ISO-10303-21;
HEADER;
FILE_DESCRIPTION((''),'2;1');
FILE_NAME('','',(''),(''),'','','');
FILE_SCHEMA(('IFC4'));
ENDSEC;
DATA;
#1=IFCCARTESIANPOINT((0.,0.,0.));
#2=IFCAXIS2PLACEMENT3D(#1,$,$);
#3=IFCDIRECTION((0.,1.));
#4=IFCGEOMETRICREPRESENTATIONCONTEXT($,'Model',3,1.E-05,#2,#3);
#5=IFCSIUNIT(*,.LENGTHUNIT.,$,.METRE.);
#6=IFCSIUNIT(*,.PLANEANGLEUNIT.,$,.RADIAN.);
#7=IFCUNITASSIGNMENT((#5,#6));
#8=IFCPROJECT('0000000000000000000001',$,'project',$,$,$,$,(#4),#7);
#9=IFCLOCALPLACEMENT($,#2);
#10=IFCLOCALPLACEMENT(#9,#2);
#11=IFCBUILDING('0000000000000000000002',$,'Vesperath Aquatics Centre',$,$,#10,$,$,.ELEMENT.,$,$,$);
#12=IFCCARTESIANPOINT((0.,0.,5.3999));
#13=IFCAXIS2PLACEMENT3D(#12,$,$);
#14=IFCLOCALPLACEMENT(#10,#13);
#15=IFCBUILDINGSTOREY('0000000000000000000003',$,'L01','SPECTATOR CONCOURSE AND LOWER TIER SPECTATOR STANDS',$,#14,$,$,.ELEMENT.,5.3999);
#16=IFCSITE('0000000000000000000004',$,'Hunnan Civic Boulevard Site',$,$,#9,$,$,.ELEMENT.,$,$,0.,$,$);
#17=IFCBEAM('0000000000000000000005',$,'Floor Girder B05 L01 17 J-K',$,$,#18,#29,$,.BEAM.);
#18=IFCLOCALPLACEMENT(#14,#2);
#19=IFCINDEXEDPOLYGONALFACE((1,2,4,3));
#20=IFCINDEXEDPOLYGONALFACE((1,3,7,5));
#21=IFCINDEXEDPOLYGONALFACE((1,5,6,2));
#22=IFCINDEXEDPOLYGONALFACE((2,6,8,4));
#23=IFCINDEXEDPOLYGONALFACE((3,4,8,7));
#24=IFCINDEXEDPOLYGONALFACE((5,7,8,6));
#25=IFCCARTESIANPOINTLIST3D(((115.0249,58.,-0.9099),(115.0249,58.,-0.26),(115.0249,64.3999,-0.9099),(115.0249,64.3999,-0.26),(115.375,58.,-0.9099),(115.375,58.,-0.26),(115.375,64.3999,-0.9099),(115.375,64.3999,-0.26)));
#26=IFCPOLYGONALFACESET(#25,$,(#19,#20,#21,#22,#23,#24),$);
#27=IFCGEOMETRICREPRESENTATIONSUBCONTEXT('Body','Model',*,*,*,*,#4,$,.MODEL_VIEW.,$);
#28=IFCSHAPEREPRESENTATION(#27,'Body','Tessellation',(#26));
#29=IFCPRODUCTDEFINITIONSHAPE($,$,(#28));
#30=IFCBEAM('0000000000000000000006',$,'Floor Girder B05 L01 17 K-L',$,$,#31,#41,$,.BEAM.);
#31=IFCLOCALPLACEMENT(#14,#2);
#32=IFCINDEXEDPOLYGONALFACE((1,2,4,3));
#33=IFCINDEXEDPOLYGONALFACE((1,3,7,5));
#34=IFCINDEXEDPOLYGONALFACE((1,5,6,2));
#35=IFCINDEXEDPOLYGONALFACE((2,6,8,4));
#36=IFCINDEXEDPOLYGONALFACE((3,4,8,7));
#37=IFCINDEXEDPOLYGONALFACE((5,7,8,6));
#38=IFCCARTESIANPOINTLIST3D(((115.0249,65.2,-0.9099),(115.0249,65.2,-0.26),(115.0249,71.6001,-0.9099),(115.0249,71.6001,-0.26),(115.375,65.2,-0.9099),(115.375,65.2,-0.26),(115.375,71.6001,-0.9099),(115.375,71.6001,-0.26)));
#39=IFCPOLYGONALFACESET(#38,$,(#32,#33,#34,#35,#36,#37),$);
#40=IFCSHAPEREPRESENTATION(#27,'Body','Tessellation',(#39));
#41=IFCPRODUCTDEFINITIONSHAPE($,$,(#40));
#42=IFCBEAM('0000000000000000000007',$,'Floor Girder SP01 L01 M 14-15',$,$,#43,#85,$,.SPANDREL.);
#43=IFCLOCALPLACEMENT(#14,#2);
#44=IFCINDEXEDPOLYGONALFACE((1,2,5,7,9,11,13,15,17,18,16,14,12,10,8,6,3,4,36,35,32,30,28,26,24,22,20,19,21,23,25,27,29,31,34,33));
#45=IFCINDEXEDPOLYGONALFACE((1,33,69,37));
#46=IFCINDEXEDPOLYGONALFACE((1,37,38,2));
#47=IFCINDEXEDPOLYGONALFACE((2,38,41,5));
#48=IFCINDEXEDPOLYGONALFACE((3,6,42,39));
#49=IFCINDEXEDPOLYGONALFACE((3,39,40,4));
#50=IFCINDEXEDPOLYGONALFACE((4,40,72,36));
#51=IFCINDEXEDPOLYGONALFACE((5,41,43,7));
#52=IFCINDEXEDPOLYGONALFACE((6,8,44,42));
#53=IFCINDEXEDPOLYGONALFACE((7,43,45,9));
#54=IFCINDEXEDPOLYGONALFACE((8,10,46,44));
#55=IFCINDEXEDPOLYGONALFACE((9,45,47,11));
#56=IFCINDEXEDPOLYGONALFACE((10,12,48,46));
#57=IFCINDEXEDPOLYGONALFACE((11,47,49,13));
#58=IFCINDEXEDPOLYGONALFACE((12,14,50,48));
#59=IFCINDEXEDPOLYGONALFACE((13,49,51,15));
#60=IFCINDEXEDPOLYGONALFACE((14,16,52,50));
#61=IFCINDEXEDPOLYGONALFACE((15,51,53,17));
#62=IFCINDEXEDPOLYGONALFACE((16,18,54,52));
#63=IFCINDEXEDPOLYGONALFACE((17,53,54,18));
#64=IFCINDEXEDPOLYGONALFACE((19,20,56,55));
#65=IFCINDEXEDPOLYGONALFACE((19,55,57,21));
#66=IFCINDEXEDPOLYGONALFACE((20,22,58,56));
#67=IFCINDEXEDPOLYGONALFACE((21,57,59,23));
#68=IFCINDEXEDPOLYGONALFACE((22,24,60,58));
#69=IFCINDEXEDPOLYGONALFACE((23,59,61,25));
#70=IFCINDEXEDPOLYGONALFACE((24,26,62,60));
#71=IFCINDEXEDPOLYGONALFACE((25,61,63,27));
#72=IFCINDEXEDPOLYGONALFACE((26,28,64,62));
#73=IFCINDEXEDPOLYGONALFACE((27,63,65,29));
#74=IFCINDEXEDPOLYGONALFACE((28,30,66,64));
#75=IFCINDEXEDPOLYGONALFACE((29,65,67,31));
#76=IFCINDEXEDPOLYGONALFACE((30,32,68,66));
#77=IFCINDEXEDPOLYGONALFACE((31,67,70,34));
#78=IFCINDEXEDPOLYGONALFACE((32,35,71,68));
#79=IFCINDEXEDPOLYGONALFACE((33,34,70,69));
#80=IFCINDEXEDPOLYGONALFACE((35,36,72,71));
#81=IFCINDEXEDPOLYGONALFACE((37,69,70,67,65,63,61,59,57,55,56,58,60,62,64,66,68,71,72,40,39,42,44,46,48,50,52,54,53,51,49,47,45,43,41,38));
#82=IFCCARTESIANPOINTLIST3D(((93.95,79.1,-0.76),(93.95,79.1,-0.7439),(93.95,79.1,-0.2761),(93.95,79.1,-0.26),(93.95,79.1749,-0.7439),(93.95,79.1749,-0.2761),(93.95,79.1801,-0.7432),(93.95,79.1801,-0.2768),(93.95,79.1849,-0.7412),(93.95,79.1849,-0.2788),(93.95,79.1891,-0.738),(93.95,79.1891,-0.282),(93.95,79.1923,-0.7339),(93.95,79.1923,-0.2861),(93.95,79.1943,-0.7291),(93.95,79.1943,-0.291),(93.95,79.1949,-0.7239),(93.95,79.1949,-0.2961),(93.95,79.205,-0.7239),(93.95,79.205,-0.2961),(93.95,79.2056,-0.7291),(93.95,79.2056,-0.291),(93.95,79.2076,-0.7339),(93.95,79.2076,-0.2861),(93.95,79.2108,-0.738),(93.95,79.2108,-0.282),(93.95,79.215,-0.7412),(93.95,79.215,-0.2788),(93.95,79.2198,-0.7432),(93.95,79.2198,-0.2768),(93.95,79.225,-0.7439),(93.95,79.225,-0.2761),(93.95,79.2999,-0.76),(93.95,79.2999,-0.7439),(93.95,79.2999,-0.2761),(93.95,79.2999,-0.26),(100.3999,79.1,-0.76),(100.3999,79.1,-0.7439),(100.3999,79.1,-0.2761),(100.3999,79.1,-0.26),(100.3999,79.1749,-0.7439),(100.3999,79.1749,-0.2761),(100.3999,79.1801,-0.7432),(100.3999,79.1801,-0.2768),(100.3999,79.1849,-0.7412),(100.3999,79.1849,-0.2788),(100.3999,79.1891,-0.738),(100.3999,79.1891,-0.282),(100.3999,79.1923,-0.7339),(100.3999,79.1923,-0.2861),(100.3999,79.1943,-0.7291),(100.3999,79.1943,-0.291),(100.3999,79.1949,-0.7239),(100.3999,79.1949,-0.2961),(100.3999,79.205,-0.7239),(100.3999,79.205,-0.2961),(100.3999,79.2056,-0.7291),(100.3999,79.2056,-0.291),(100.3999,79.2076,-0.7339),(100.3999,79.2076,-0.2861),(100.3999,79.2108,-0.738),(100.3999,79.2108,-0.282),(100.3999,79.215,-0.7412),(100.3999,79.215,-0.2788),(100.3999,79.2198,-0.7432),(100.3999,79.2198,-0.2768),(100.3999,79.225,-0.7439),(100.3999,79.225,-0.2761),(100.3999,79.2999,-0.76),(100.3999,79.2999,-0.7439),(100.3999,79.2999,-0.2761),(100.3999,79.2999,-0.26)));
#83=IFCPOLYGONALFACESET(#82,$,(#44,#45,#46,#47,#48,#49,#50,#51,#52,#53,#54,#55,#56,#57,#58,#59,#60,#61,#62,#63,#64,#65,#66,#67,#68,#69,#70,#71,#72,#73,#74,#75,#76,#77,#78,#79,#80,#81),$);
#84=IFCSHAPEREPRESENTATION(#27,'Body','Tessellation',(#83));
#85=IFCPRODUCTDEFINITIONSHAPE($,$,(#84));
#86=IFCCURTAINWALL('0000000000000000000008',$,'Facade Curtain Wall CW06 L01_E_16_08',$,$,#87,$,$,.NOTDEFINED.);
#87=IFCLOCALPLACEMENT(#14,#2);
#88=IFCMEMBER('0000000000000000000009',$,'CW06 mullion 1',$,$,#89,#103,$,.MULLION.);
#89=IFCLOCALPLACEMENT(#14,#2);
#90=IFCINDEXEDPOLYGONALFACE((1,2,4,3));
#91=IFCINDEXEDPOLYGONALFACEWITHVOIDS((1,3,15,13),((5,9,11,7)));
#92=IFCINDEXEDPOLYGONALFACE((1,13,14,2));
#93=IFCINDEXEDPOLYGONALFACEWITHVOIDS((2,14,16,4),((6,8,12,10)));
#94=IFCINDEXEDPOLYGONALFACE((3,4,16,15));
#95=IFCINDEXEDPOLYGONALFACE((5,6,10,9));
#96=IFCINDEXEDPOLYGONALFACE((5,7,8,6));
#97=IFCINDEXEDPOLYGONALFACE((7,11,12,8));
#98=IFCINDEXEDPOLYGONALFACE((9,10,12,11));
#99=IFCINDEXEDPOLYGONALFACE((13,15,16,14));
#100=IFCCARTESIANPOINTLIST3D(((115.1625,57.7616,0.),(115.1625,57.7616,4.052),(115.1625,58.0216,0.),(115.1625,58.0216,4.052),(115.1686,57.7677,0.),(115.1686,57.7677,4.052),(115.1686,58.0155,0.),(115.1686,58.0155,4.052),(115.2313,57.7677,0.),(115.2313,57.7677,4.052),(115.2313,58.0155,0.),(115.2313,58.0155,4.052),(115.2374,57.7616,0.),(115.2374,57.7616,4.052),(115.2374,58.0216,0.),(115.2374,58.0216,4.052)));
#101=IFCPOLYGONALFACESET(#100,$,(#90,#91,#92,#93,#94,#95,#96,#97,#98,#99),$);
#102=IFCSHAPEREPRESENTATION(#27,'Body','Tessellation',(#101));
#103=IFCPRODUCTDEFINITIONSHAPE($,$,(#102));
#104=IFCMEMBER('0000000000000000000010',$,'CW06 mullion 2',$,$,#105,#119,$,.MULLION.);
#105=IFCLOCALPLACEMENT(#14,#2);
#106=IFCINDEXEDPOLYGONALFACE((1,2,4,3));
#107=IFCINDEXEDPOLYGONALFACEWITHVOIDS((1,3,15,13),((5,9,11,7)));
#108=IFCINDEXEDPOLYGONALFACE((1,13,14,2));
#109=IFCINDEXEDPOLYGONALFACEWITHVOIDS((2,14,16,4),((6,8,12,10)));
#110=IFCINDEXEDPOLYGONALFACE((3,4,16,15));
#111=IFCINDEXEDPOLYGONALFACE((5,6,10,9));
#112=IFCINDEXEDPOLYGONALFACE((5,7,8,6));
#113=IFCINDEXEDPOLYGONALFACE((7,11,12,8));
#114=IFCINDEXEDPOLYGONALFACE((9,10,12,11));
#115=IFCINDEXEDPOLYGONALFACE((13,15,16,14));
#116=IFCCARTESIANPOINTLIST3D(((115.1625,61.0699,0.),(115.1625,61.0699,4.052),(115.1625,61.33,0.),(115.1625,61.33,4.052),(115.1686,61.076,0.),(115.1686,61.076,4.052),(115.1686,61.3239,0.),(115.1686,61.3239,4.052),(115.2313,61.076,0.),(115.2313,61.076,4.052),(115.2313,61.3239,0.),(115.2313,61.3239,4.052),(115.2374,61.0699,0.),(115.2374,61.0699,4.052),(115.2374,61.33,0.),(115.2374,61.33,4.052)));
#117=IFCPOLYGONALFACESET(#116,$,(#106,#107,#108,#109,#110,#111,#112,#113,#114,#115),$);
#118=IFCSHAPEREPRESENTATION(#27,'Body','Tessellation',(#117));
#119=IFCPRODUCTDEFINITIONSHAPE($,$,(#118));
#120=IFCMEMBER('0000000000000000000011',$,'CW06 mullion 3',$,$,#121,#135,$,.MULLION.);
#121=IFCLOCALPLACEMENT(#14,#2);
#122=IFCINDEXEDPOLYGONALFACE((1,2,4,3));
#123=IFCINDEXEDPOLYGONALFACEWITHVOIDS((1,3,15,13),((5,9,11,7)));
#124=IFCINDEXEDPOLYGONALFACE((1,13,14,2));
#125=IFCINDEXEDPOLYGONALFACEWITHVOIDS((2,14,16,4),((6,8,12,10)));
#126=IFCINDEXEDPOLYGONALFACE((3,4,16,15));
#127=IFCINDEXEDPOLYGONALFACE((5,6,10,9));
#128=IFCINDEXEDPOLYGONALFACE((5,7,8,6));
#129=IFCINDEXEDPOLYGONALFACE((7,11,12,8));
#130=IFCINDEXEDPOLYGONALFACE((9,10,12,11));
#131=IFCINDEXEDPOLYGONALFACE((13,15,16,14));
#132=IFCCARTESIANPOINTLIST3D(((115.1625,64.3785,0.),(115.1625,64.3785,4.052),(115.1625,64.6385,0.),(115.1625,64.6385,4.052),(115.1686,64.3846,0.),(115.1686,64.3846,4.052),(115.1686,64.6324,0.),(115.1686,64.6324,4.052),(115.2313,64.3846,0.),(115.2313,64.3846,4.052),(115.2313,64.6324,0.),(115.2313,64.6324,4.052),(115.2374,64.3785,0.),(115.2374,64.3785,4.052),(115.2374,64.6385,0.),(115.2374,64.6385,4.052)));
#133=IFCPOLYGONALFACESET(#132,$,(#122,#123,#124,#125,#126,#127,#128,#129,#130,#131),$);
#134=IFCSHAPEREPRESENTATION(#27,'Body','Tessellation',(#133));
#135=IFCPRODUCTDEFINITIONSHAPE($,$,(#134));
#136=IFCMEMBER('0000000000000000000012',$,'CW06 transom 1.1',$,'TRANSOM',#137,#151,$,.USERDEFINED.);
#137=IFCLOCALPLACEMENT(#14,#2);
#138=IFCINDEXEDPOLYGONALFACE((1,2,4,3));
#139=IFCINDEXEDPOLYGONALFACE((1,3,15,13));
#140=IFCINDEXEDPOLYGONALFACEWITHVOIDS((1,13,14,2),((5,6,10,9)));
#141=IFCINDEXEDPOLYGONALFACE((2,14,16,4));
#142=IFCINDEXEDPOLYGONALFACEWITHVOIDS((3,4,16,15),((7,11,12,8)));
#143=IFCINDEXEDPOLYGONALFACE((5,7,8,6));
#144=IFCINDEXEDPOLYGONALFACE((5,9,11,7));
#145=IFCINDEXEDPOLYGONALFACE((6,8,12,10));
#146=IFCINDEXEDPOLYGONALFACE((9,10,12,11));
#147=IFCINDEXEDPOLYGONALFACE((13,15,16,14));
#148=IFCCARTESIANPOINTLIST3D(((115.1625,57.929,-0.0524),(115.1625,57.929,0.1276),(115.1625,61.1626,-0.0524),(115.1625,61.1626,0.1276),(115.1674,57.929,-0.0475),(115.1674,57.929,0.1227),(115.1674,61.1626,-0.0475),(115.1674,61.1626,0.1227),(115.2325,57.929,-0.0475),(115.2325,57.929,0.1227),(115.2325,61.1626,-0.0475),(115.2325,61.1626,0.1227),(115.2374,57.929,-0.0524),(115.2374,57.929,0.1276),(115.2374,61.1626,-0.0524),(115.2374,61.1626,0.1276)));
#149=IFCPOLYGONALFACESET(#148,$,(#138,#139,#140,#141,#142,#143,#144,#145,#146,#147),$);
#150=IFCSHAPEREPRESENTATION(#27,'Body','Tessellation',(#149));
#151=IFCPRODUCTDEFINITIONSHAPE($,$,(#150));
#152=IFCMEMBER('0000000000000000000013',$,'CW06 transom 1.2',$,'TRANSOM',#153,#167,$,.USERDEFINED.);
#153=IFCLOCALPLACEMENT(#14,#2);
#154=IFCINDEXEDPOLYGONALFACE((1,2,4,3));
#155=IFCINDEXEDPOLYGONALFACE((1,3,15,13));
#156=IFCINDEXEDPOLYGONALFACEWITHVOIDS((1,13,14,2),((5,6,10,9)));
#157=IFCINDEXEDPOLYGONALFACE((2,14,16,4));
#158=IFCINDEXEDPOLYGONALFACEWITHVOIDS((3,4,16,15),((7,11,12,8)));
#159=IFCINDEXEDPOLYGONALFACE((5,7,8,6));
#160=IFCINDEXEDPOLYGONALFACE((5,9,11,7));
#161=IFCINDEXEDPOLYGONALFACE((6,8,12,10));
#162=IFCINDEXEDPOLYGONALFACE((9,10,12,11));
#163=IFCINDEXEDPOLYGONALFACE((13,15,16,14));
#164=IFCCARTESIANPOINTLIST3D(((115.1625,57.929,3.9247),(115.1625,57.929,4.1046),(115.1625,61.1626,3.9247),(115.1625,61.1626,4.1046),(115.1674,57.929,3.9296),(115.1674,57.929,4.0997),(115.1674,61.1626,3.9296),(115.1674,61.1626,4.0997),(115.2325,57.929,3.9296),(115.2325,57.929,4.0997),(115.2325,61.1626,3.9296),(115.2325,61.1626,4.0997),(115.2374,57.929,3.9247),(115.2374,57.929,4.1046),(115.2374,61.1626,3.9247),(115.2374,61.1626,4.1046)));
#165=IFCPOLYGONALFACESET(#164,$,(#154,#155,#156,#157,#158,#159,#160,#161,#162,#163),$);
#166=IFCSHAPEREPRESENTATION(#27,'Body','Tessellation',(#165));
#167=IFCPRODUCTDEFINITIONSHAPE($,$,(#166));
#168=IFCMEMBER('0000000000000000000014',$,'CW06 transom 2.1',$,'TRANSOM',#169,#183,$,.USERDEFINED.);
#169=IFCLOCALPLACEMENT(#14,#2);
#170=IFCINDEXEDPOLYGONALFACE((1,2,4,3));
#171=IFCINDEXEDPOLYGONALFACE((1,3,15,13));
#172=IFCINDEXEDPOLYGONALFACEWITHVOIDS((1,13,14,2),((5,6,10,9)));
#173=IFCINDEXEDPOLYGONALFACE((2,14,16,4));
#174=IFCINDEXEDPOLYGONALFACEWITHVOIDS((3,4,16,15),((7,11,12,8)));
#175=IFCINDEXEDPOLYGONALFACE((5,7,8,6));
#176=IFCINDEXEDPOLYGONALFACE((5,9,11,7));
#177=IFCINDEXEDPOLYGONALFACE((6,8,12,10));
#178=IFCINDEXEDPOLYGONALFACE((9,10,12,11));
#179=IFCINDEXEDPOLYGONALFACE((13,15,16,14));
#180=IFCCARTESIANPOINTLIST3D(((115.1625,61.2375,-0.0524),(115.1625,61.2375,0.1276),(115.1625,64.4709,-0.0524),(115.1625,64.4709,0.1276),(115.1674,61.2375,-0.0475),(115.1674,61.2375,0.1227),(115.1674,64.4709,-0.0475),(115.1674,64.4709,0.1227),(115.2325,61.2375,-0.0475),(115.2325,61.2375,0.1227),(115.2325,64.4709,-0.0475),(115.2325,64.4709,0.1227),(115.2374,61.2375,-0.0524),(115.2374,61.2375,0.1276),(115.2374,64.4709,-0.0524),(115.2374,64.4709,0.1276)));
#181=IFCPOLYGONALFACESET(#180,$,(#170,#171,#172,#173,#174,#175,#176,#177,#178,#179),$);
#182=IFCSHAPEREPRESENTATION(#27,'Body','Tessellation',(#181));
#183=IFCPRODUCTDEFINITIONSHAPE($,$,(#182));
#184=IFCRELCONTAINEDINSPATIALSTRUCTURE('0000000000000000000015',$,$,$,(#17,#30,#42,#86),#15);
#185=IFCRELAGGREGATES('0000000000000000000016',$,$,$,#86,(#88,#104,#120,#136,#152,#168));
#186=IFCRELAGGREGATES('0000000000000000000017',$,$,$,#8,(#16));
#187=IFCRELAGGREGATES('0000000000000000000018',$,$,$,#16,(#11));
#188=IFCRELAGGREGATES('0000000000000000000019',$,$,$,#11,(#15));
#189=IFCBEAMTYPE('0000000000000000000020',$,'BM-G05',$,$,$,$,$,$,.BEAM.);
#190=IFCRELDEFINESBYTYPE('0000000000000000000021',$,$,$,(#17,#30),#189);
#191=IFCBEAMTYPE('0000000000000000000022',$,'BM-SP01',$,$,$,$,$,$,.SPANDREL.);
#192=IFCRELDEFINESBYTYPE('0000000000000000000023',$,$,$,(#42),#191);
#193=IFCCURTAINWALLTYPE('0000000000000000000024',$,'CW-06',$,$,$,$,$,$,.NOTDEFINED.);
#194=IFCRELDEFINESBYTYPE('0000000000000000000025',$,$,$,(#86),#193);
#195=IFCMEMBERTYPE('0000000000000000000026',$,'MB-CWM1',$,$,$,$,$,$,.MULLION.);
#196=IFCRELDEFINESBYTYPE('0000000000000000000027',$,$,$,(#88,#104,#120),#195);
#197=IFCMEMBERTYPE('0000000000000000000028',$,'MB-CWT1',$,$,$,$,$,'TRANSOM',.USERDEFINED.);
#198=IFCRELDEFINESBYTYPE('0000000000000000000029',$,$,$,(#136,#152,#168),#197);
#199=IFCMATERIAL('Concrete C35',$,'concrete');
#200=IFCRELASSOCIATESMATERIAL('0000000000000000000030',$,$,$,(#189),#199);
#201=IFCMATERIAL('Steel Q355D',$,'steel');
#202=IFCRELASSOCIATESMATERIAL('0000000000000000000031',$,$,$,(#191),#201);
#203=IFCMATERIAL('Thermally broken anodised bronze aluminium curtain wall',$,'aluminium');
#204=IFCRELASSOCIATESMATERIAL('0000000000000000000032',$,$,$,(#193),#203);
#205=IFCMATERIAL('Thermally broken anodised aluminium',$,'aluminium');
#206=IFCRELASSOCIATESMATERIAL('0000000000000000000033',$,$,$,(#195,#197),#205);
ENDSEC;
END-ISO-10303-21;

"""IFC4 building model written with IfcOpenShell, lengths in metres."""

from ifc_helpers import new_model, si_unit, direction, frame, origin, origin_2d, place, context, subcontext, project, spatial, rectangle, hollow_rectangle, i_section, extrude, material, material_profile, profile_set, type_object, element, aggregate, save


model = new_model("IFC4")

# Units and contexts
model_context = context("Model", 3, precision=1e-05, world=origin(), true_north=direction((0.0, 1.0)))
body_context = subcontext(model_context, "Body", "Model", "MODEL_VIEW")
ifc_project = project(units=[si_unit("LENGTHUNIT", "METRE"), si_unit("PLANEANGLEUNIT", "RADIAN")], contexts=[model_context])

# Site, building, storey
site_placement = place(None, origin())
site = spatial("IfcSite", under=ifc_project, at=site_placement, Name="Hunnan Civic Boulevard Site", CompositionType="ELEMENT", RefElevation=0.0)
building_placement = place(site_placement, origin())
building = spatial("IfcBuilding", under=site, at=building_placement, Name="Vesperath Aquatics Centre", CompositionType="ELEMENT")
storey_placement = place(building_placement, frame((0.0, 0.0, 5.3999)))
storey = spatial("IfcBuildingStorey", under=building, at=storey_placement, Name="L01", Description="SPECTATOR CONCOURSE AND LOWER TIER SPECTATOR STANDS", CompositionType="ELEMENT", Elevation=5.3999)

# Shared definitions
ifc_material_1 = material(Name="Steel Q355D", Category="steel")

# Beams
ifc_material_2 = material(Name="Concrete C35", Category="concrete")
ifc_material_profile_1 = material_profile(ifc_material_2, rectangle(XDim=0.3501, YDim=0.6499, at=origin_2d()), Name="RC 350x650")
ifc_profile_set_1 = profile_set([ifc_material_profile_1], Name="Concrete C35")
beam_type_1 = type_object("IfcBeamType", Name="BM-G05", PredefinedType="BEAM", material=ifc_profile_set_1)
beam_1_placement = place(storey_placement, frame((115.2, 58.0, -0.585), z_axis=(0.0, 1.0, 0.0), x_axis=(-1.0, 0.0, 0.0)))
element("IfcBeam", 1, at=beam_1_placement, inside=storey, type_object=beam_type_1, Name="Floor Girder B05 L01 17 J-K", PredefinedType="BEAM", context=body_context, shape_type="SweptSolid", body=[
    extrude(rectangle(XDim=0.3501, YDim=0.6499, at=origin_2d()), origin(), (0.0, 0.0, 1.0), 6.3999),
])
beam_2_placement = place(storey_placement, frame((115.2, 65.2, -0.585), z_axis=(0.0, 1.0, 0.0), x_axis=(-1.0, 0.0, 0.0)))
element("IfcBeam", 2, at=beam_2_placement, inside=storey, type_object=beam_type_1, Name="Floor Girder B05 L01 17 K-L", PredefinedType="BEAM", context=body_context, shape_type="SweptSolid", body=[
    extrude(rectangle(XDim=0.3501, YDim=0.6499, at=origin_2d()), origin(), (0.0, 0.0, 1.0), 6.4001),
])
ifc_material_profile_2 = material_profile(ifc_material_1, i_section(OverallWidth=0.2, OverallDepth=0.5, WebThickness=0.01, FlangeThickness=0.0161, FilletRadius=0.02, at=origin_2d()), Name="HN 500x200x10x16")
ifc_profile_set_2 = profile_set([ifc_material_profile_2], Name="Steel Q355D")
beam_type_2 = type_object("IfcBeamType", Name="BM-SP01", PredefinedType="SPANDREL", material=ifc_profile_set_2)
beam_3_placement = place(storey_placement, frame((93.95, 79.2, -0.51), z_axis=(1.0, 0.0, 0.0), x_axis=(0.0, 1.0, 0.0)))
element("IfcBeam", 3, at=beam_3_placement, inside=storey, type_object=beam_type_2, Name="Floor Girder SP01 L01 M 14-15", PredefinedType="SPANDREL", context=body_context, shape_type="SweptSolid", body=[
    extrude(i_section(OverallWidth=0.2, OverallDepth=0.5, WebThickness=0.01, FlangeThickness=0.0161, FilletRadius=0.02, at=origin_2d()), origin(), (0.0, 0.0, 1.0), 6.45),
])

# Curtain wall, members
ifc_material_3 = material(Name="Thermally broken anodised bronze aluminium curtain wall", Category="aluminium")
curtain_wall_type = type_object("IfcCurtainWallType", Name="CW-06", PredefinedType="NOTDEFINED", material=ifc_material_3)
curtain_wall_placement = place(storey_placement, origin())
curtain_wall = element("IfcCurtainWall", 4, at=curtain_wall_placement, inside=storey, type_object=curtain_wall_type, Name="Facade Curtain Wall CW06 L01_E_16_08", PredefinedType="NOTDEFINED")
ifc_material_4 = material(Name="Thermally broken anodised aluminium", Category="aluminium")
ifc_material_profile_3 = material_profile(ifc_material_4, hollow_rectangle(XDim=0.075, YDim=0.26, WallThickness=0.0061, at=origin_2d()), Name="CWM 75x260x6")
ifc_profile_set_3 = profile_set([ifc_material_profile_3], Name="Thermally broken anodised aluminium")
member_type_1 = type_object("IfcMemberType", Name="MB-CWM1", PredefinedType="MULLION", material=ifc_profile_set_3)
member_1_placement = place(storey_placement, frame((115.2, 57.8916, 0.0), z_axis=(0.0, 0.0, 1.0), x_axis=(-1.0, 0.0, 0.0)))
member_1 = element("IfcMember", 5, at=member_1_placement, type_object=member_type_1, Name="CW06 mullion 1", PredefinedType="MULLION", context=body_context, shape_type="SweptSolid", body=[
    extrude(hollow_rectangle(XDim=0.075, YDim=0.26, WallThickness=0.0061, at=origin_2d()), origin(), (0.0, 0.0, 1.0), 4.052),
])
member_2_placement = place(storey_placement, frame((115.2, 61.2, 0.0), z_axis=(0.0, 0.0, 1.0), x_axis=(-1.0, 0.0, 0.0)))
member_2 = element("IfcMember", 6, at=member_2_placement, type_object=member_type_1, Name="CW06 mullion 2", PredefinedType="MULLION", context=body_context, shape_type="SweptSolid", body=[
    extrude(hollow_rectangle(XDim=0.075, YDim=0.26, WallThickness=0.0061, at=origin_2d()), origin(), (0.0, 0.0, 1.0), 4.052),
])
member_3_placement = place(storey_placement, frame((115.2, 64.5085, 0.0), z_axis=(0.0, 0.0, 1.0), x_axis=(-1.0, 0.0, 0.0)))
member_3 = element("IfcMember", 7, at=member_3_placement, type_object=member_type_1, Name="CW06 mullion 3", PredefinedType="MULLION", context=body_context, shape_type="SweptSolid", body=[
    extrude(hollow_rectangle(XDim=0.075, YDim=0.26, WallThickness=0.0061, at=origin_2d()), origin(), (0.0, 0.0, 1.0), 4.052),
])
ifc_material_profile_4 = material_profile(ifc_material_4, hollow_rectangle(XDim=0.075, YDim=0.1799, WallThickness=0.0049, at=origin_2d()), Name="CWT 75x180x5")
ifc_profile_set_4 = profile_set([ifc_material_profile_4], Name="Thermally broken anodised aluminium")
member_type_2 = type_object("IfcMemberType", Name="MB-CWT1", ElementType="TRANSOM", PredefinedType="USERDEFINED", material=ifc_profile_set_4)
member_4_placement = place(storey_placement, frame((115.2, 57.929, 0.0376), z_axis=(0.0, 1.0, 0.0), x_axis=(-1.0, 0.0, 0.0)))
member_4 = element("IfcMember", 8, at=member_4_placement, type_object=member_type_2, Name="CW06 transom 1.1", ObjectType="TRANSOM", PredefinedType="USERDEFINED", context=body_context, shape_type="SweptSolid", body=[
    extrude(hollow_rectangle(XDim=0.075, YDim=0.1799, WallThickness=0.0049, at=origin_2d()), origin(), (0.0, 0.0, 1.0), 3.2336),
])
member_5_placement = place(storey_placement, frame((115.2, 57.929, 4.0146), z_axis=(0.0, 1.0, 0.0), x_axis=(-1.0, 0.0, 0.0)))
member_5 = element("IfcMember", 9, at=member_5_placement, type_object=member_type_2, Name="CW06 transom 1.2", ObjectType="TRANSOM", PredefinedType="USERDEFINED", context=body_context, shape_type="SweptSolid", body=[
    extrude(hollow_rectangle(XDim=0.075, YDim=0.1799, WallThickness=0.0049, at=origin_2d()), origin(), (0.0, 0.0, 1.0), 3.2336),
])
member_6_placement = place(storey_placement, frame((115.2, 61.2375, 0.0376), z_axis=(0.0, 1.0, 0.0), x_axis=(-1.0, 0.0, 0.0)))
member_6 = element("IfcMember", 10, at=member_6_placement, type_object=member_type_2, Name="CW06 transom 2.1", ObjectType="TRANSOM", PredefinedType="USERDEFINED", context=body_context, shape_type="SweptSolid", body=[
    extrude(hollow_rectangle(XDim=0.075, YDim=0.1799, WallThickness=0.0049, at=origin_2d()), origin(), (0.0, 0.0, 1.0), 3.2334),
])
aggregate(curtain_wall, [member_1, member_2, member_3, member_4, member_5, member_6])

save(model, "model.ifc")
